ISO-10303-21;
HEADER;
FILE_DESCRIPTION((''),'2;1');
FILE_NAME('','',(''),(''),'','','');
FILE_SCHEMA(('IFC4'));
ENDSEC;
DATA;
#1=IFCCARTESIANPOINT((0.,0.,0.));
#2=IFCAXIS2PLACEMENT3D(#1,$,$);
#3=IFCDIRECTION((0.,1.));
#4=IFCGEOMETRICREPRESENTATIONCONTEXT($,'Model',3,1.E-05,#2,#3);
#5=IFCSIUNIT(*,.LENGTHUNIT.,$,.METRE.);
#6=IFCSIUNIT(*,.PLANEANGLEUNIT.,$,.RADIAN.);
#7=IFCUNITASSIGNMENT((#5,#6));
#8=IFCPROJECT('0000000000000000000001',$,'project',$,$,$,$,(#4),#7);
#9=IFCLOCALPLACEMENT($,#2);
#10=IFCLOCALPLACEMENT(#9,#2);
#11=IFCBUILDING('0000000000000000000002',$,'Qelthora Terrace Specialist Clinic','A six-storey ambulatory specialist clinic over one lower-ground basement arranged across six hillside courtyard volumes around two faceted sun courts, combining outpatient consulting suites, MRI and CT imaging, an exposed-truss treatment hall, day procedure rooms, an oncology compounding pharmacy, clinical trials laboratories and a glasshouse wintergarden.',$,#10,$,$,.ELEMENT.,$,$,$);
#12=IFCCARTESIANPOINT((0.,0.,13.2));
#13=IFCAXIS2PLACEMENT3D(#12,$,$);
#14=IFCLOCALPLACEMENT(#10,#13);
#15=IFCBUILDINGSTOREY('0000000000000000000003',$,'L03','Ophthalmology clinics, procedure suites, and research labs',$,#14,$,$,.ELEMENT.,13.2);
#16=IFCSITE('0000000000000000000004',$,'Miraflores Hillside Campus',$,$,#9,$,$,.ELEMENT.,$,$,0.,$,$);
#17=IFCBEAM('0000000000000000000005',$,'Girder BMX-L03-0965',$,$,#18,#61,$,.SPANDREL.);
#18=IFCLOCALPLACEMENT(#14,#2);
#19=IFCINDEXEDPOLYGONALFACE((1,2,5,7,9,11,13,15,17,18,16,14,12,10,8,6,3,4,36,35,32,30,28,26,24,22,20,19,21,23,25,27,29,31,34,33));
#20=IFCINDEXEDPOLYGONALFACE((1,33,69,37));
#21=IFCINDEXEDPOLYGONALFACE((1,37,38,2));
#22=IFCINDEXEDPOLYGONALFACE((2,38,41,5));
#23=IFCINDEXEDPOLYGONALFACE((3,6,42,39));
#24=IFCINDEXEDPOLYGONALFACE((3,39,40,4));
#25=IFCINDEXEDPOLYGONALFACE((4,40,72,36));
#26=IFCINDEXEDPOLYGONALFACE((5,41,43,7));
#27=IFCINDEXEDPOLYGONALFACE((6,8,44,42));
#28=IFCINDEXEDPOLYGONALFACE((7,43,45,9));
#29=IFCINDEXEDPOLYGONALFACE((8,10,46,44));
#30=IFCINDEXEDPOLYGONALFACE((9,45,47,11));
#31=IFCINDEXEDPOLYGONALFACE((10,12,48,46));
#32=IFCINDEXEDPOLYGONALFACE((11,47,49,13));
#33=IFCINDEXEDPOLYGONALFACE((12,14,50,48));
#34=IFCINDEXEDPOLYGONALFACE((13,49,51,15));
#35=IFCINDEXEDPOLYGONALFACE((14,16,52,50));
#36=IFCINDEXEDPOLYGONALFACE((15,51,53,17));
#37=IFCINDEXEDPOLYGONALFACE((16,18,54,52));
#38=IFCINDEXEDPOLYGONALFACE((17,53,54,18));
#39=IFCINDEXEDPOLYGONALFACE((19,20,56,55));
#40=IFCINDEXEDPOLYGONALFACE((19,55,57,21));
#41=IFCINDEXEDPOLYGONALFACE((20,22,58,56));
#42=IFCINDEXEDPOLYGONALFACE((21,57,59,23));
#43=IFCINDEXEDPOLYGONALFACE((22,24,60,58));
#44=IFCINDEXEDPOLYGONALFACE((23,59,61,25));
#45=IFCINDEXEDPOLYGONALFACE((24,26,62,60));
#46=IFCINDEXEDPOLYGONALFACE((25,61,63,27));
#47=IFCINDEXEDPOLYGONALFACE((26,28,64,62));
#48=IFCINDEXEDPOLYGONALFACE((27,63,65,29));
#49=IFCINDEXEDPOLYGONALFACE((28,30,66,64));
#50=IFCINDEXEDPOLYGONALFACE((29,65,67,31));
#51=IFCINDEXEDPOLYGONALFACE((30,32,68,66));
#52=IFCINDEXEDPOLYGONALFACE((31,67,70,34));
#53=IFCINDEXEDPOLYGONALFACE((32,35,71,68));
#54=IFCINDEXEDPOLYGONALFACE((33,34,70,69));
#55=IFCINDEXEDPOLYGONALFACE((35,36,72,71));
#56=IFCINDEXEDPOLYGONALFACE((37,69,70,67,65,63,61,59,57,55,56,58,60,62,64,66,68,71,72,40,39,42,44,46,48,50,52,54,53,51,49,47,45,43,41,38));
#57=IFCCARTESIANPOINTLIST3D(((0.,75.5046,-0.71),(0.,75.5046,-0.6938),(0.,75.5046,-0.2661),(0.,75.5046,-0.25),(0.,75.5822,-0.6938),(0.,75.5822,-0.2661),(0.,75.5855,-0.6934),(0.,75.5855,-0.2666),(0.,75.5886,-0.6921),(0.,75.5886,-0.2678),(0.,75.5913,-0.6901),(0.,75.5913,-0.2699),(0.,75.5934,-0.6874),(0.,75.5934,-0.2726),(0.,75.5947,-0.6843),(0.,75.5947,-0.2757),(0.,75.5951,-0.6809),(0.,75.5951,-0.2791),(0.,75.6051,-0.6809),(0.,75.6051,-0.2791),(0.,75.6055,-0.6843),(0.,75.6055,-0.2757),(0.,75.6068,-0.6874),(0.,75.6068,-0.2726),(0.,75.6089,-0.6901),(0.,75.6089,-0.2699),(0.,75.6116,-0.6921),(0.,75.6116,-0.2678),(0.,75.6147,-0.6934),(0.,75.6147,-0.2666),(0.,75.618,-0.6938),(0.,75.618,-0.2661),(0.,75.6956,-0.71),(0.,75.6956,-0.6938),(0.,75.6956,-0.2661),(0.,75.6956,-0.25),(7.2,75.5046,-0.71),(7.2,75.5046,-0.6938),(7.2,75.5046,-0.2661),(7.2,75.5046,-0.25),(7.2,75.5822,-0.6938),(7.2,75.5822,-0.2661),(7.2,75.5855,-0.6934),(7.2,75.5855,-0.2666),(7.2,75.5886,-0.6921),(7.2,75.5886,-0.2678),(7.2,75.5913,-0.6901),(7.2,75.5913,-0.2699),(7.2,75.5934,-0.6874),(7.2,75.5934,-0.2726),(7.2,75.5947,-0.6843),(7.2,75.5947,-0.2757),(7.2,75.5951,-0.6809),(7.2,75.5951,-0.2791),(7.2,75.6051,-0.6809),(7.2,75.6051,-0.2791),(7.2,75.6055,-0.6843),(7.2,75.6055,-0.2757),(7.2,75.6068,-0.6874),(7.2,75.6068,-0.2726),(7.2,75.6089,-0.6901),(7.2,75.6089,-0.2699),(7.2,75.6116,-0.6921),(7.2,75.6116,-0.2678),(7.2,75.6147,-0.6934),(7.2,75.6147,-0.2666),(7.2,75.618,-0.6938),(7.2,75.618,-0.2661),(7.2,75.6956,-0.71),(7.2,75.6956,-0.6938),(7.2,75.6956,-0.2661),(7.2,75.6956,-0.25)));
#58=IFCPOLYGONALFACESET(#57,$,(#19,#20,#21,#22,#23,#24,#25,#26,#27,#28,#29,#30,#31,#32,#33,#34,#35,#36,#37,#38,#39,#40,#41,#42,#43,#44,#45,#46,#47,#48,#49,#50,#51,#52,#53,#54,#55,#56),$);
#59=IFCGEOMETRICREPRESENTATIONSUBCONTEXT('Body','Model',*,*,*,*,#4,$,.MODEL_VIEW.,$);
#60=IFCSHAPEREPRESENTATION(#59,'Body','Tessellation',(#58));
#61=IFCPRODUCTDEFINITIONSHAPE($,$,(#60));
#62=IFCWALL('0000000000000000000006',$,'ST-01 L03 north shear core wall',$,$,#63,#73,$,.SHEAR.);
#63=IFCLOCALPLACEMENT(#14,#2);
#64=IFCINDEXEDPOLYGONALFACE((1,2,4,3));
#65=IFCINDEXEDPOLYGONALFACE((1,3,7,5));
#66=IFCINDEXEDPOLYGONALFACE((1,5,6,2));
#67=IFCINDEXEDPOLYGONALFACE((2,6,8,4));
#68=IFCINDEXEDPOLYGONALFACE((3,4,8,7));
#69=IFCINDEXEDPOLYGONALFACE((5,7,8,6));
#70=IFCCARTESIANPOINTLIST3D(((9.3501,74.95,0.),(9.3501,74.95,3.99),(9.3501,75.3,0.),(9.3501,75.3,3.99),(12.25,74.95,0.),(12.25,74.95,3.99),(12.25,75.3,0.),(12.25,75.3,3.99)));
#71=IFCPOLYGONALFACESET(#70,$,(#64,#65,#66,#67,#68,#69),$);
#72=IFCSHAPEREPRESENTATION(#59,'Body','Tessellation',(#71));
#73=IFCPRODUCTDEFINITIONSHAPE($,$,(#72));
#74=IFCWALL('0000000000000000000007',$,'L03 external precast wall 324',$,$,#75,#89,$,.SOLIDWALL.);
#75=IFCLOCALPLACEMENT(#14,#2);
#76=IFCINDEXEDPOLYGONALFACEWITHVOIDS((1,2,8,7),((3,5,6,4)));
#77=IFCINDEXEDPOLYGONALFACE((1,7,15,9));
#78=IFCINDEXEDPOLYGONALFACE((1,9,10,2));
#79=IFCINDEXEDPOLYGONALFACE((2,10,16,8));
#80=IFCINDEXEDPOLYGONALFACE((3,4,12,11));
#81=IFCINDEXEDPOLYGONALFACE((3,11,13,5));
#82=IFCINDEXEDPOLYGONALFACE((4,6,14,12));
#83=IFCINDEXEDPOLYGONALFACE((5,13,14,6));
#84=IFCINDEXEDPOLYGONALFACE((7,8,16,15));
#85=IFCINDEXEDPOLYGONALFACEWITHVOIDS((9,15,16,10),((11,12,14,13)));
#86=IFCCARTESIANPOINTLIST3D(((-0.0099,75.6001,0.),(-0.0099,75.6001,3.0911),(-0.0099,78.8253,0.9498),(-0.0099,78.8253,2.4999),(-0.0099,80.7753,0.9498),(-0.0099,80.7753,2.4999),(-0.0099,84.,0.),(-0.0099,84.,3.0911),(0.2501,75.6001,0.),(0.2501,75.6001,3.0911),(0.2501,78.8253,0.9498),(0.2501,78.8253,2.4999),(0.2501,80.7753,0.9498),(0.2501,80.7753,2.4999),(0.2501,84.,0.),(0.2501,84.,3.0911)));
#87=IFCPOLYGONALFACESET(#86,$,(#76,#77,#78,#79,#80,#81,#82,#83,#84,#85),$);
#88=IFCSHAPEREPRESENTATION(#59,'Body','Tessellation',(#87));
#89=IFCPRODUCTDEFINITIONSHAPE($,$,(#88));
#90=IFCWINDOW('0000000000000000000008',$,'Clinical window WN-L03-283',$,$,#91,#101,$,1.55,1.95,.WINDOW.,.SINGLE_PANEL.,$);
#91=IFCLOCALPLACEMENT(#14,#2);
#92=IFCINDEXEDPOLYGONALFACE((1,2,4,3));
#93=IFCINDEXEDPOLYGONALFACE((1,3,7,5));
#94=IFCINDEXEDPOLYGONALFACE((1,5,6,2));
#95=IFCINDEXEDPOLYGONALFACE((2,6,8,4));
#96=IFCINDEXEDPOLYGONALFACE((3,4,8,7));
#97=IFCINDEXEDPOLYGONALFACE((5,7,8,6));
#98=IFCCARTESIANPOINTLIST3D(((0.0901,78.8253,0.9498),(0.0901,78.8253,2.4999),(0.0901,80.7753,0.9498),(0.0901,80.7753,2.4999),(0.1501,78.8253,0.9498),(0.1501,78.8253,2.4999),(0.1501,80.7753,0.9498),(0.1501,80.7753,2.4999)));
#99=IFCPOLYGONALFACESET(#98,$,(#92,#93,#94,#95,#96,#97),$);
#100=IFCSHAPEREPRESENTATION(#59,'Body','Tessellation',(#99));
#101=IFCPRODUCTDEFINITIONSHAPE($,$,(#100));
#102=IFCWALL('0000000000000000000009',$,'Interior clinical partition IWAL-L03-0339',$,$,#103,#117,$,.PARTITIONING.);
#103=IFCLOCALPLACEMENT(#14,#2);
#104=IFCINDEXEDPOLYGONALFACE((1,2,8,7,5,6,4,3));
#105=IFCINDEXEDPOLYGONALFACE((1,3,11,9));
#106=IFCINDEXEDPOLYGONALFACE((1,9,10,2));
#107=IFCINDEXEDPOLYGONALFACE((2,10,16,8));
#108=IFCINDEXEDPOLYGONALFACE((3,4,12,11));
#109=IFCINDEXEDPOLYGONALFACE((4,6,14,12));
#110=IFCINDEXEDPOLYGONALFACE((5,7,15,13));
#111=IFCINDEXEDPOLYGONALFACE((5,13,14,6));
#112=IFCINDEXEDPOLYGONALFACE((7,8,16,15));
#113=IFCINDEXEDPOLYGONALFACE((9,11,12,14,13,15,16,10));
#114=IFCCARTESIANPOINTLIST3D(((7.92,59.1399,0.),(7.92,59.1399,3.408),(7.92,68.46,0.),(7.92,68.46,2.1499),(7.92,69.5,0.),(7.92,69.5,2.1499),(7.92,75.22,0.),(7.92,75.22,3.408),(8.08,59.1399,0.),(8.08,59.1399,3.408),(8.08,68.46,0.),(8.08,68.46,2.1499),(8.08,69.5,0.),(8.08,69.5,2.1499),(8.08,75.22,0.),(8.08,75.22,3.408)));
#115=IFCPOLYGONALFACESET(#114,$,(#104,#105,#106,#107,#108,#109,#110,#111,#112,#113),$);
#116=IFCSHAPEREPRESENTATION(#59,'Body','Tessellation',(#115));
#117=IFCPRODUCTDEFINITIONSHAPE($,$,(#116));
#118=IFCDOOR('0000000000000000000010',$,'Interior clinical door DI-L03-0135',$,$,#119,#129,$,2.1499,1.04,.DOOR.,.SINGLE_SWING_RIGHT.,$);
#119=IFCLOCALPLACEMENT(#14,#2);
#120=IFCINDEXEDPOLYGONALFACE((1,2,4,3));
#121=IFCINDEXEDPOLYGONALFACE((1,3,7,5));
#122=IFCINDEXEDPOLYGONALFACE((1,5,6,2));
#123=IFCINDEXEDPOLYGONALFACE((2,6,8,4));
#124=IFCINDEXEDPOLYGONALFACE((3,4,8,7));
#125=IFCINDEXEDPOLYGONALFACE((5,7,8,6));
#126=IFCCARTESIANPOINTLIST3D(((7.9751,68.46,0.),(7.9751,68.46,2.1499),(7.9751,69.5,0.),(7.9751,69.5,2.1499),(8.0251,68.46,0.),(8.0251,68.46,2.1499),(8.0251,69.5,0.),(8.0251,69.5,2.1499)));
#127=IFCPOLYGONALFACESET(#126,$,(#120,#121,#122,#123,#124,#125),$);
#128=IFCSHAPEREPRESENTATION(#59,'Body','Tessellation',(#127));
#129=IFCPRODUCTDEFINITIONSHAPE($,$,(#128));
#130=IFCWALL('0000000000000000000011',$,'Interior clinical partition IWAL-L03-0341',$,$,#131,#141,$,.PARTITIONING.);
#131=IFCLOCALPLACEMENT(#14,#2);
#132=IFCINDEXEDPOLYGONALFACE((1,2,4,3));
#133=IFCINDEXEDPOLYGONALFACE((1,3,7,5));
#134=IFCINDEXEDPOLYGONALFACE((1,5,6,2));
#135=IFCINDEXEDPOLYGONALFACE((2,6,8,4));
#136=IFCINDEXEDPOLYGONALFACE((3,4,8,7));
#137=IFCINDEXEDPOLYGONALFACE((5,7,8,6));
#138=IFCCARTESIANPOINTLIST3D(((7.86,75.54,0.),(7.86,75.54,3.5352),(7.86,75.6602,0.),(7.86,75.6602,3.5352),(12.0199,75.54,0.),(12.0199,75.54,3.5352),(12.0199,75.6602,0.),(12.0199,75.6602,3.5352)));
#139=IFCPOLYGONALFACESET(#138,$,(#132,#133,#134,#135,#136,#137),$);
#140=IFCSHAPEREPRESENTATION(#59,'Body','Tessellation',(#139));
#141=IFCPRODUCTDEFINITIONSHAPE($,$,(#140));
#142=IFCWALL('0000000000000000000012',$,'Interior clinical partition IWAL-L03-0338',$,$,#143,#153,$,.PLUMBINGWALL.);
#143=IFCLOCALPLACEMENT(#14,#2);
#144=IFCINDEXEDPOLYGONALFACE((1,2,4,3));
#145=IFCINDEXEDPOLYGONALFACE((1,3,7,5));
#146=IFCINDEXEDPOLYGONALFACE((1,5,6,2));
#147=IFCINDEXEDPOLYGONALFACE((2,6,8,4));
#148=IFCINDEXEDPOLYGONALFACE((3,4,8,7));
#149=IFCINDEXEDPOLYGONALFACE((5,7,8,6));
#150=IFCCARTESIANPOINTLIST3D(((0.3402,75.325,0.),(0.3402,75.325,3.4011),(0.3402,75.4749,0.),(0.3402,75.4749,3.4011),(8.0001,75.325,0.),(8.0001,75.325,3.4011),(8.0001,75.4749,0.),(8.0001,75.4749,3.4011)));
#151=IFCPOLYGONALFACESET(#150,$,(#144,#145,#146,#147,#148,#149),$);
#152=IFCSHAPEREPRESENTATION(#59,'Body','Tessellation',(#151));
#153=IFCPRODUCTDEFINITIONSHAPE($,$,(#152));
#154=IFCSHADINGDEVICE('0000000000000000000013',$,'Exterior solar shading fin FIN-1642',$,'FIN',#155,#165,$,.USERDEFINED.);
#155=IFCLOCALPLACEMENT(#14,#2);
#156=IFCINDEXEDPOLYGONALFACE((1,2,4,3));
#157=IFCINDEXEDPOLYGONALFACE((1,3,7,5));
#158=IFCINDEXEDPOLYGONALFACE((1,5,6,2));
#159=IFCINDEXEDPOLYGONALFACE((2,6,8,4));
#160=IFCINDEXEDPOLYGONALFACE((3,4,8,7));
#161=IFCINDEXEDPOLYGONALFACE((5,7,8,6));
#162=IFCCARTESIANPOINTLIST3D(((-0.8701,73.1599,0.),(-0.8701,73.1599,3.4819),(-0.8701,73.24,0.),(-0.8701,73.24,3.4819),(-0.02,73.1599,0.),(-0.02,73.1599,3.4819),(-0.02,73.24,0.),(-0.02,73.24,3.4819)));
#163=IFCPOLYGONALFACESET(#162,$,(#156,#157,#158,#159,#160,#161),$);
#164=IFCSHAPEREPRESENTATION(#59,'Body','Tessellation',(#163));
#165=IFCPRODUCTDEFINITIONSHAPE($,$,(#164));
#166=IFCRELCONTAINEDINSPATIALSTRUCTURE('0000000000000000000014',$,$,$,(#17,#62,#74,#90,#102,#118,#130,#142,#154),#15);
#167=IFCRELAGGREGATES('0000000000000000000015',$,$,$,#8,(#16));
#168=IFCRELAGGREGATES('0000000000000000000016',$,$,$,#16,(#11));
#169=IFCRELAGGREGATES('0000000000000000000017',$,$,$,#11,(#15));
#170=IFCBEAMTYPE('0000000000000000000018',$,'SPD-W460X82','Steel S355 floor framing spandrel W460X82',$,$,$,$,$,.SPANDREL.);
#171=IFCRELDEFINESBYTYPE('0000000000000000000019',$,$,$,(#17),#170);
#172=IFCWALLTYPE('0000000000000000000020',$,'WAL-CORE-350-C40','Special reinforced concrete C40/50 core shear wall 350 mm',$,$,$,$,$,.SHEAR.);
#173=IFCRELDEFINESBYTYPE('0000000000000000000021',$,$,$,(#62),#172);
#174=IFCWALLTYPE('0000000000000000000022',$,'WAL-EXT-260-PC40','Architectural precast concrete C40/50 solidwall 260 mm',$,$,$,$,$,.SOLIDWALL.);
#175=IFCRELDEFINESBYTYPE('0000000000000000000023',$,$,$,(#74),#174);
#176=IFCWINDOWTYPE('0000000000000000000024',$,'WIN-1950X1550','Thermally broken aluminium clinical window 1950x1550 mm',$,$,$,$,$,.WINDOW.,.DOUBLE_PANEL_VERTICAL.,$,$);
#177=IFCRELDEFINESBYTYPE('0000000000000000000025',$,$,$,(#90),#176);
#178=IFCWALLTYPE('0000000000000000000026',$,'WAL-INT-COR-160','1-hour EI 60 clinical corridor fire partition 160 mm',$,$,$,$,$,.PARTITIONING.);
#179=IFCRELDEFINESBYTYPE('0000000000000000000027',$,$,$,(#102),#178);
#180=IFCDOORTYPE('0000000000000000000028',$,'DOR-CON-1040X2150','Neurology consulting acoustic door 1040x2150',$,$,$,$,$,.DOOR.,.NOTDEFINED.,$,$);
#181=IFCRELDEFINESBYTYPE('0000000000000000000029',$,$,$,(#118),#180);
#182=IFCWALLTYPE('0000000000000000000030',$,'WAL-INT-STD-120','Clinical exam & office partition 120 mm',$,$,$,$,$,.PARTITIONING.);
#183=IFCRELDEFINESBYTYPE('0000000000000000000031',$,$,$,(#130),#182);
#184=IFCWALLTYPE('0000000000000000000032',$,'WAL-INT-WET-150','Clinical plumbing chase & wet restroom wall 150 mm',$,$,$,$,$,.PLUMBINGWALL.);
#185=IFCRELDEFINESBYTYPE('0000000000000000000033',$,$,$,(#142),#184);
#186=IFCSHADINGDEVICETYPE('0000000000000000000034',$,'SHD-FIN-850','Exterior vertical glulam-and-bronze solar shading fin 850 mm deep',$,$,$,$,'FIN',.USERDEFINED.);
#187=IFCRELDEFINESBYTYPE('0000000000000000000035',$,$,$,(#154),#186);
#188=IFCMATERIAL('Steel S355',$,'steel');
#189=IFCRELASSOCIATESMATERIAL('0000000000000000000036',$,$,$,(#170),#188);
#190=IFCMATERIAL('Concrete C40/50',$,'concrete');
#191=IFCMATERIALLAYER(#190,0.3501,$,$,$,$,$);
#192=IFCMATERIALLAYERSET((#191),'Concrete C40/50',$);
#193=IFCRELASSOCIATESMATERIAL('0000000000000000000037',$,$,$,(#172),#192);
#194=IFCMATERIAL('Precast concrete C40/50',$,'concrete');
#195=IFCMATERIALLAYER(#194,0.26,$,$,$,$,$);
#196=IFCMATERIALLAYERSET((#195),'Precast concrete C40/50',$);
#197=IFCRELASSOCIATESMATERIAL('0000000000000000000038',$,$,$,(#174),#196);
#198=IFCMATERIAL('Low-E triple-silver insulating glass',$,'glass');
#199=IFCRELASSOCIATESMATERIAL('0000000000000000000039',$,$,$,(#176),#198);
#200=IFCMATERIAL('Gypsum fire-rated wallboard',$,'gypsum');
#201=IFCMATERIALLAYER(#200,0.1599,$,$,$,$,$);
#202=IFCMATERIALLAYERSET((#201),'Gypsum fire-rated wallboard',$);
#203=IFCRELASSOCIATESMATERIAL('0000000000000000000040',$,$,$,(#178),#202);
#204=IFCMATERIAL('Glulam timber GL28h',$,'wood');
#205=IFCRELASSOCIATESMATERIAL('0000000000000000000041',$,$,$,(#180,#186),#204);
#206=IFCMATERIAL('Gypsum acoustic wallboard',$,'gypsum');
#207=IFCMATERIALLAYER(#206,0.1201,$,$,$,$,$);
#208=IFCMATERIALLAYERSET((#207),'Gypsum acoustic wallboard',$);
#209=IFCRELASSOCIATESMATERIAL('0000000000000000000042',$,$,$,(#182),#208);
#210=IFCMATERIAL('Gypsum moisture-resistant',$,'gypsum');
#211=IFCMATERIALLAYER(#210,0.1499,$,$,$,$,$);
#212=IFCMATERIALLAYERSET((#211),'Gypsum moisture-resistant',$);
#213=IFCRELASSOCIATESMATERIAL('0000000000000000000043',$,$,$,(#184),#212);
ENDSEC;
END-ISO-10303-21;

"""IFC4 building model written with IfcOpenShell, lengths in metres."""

from ifc_helpers import new_model, si_unit, direction, frame, frame_2d, origin, origin_2d, place, context, subcontext, project, spatial, rectangle, i_section, extrude, material, layer, layer_set, material_profile, profile_set, type_object, element, fill, save


model = new_model("IFC4")

# Units and contexts
model_context = context("Model", 3, precision=1e-05, world=origin(), true_north=direction((0.0, 1.0)))
body_context = subcontext(model_context, "Body", "Model", "MODEL_VIEW")
ifc_project = project(units=[si_unit("LENGTHUNIT", "METRE"), si_unit("PLANEANGLEUNIT", "RADIAN")], contexts=[model_context])

# Site, building, storey
site_placement = place(None, origin())
site = spatial("IfcSite", under=ifc_project, at=site_placement, Name="Miraflores Hillside Campus", CompositionType="ELEMENT", RefElevation=0.0)
building_placement = place(site_placement, origin())
building = spatial("IfcBuilding", under=site, at=building_placement, Name="Qelthora Terrace Specialist Clinic", Description="A six-storey ambulatory specialist clinic over one lower-ground basement arranged across six hillside courtyard volumes around two faceted sun courts, combining outpatient consulting suites, MRI and CT imaging, an exposed-truss treatment hall, day procedure rooms, an oncology compounding pharmacy, clinical trials laboratories and a glasshouse wintergarden.", CompositionType="ELEMENT")
storey_placement = place(building_placement, frame((0.0, 0.0, 13.2)))
storey = spatial("IfcBuildingStorey", under=building, at=storey_placement, Name="L03", Description="Ophthalmology clinics, procedure suites, and research labs", CompositionType="ELEMENT", Elevation=13.2)

# Shared definitions
ifc_material_1 = material(Name="Steel S355", Category="steel")

# Beam
ifc_material_profile_1 = material_profile(ifc_material_1, i_section(OverallWidth=0.1909, OverallDepth=0.46, WebThickness=0.01, FlangeThickness=0.0161, FilletRadius=0.0129, at=origin_2d()), Name="W460X82")
ifc_profile_set_1 = profile_set([ifc_material_profile_1], Name="Steel S355")
beam_type_1 = type_object("IfcBeamType", Name="SPD-W460X82", Description="Steel S355 floor framing spandrel W460X82", PredefinedType="SPANDREL", material=ifc_profile_set_1)
beam_1_placement = place(storey_placement, frame((0.0, 75.6001, -0.48), z_axis=(1.0, 0.0, 0.0), x_axis=(0.0, 1.0, 0.0)))
element("IfcBeam", 1, at=beam_1_placement, inside=storey, type_object=beam_type_1, Name="Girder BMX-L03-0965", PredefinedType="SPANDREL", context=body_context, shape_type="SweptSolid", body=[
    extrude(i_section(OverallWidth=0.1909, OverallDepth=0.46, WebThickness=0.01, FlangeThickness=0.0161, FilletRadius=0.0129, at=origin_2d()), origin(), (0.0, 0.0, 1.0), 7.2),
])

# Wall
ifc_material_2 = material(Name="Concrete C40/50", Category="concrete")
ifc_layer_1 = layer(ifc_material_2, 0.3501)
ifc_layer_set_1 = layer_set([ifc_layer_1], Name="Concrete C40/50")
wall_type_1 = type_object("IfcWallType", Name="WAL-CORE-350-C40", Description="Special reinforced concrete C40/50 core shear wall 350 mm", PredefinedType="SHEAR", material=ifc_layer_set_1)
wall_1_placement = place(storey_placement, frame((9.3501, 75.125, 0.0), z_axis=(0.0, 0.0, 1.0), x_axis=(1.0, 0.0, 0.0)))
element("IfcWall", 2, at=wall_1_placement, inside=storey, type_object=wall_type_1, Name="ST-01 L03 north shear core wall", PredefinedType="SHEAR", context=body_context, shape_type="SweptSolid", body=[
    extrude(rectangle(XDim=2.8999, YDim=0.3501, at=frame_2d((1.45, 0.0))), origin(), (0.0, 0.0, 1.0), 3.99),
])

# Wall, opening, window
ifc_material_3 = material(Name="Precast concrete C40/50", Category="concrete")
ifc_layer_2 = layer(ifc_material_3, 0.26)
ifc_layer_set_2 = layer_set([ifc_layer_2], Name="Precast concrete C40/50")
wall_type_2 = type_object("IfcWallType", Name="WAL-EXT-260-PC40", Description="Architectural precast concrete C40/50 solidwall 260 mm", PredefinedType="SOLIDWALL", material=ifc_layer_set_2)
wall_2_placement = place(storey_placement, frame((0.1201, 75.6001, 0.0), z_axis=(0.0, 0.0, 1.0), x_axis=(0.0, 1.0, 0.0)))
wall_2 = element("IfcWall", 3, at=wall_2_placement, inside=storey, type_object=wall_type_2, Name="L03 external precast wall 324", PredefinedType="SOLIDWALL", context=body_context, shape_type="SweptSolid", body=[
    extrude(rectangle(XDim=8.3999, YDim=0.26, at=frame_2d((4.2, 0.0))), origin(), (0.0, 0.0, 1.0), 3.0911),
])
opening_1_placement = place(wall_2_placement, frame((3.2251, 0.0, 0.95)))
opening_1 = element("IfcOpeningElement", 4, at=opening_1_placement, cuts=wall_2, PredefinedType="OPENING", context=body_context, shape_type="SweptSolid", body=[
    extrude(rectangle(XDim=1.95, YDim=1.55, at=frame_2d((0.9751, 0.7749))), frame((0.0, 0.1399, 0.0), z_axis=(0.0, -1.0, 0.0), x_axis=(1.0, 0.0, 0.0)), (0.0, 0.0, 1.0), 0.28),
])
ifc_material_4 = material(Name="Low-E triple-silver insulating glass", Category="glass")
window_type = type_object("IfcWindowType", Name="WIN-1950X1550", Description="Thermally broken aluminium clinical window 1950x1550 mm", PartitioningType="DOUBLE_PANEL_VERTICAL", PredefinedType="WINDOW", material=ifc_material_4)
window_placement = place(opening_1_placement, origin())
window = element("IfcWindow", 5, at=window_placement, inside=storey, type_object=window_type, Name="Clinical window WN-L03-283", OverallHeight=1.55, OverallWidth=1.95, PartitioningType="SINGLE_PANEL", PredefinedType="WINDOW", context=body_context, shape_type="SweptSolid", body=[
    extrude(rectangle(XDim=1.95, YDim=1.55, at=frame_2d((0.9751, 0.7749))), frame((0.0, 0.03, 0.0), z_axis=(0.0, -1.0, 0.0), x_axis=(1.0, 0.0, 0.0)), (0.0, 0.0, 1.0), 0.0601),
])
fill(opening_1, window)

# Wall, opening, door
ifc_material_5 = material(Name="Gypsum fire-rated wallboard", Category="gypsum")
ifc_layer_3 = layer(ifc_material_5, 0.1599)
ifc_layer_set_3 = layer_set([ifc_layer_3], Name="Gypsum fire-rated wallboard")
wall_type_3 = type_object("IfcWallType", Name="WAL-INT-COR-160", Description="1-hour EI 60 clinical corridor fire partition 160 mm", PredefinedType="PARTITIONING", material=ifc_layer_set_3)
wall_3_placement = place(storey_placement, frame((8.0, 75.22, 0.0), z_axis=(0.0, 0.0, 1.0), x_axis=(0.0, -1.0, 0.0)))
wall_3 = element("IfcWall", 6, at=wall_3_placement, inside=storey, type_object=wall_type_3, Name="Interior clinical partition IWAL-L03-0339", PredefinedType="PARTITIONING", context=body_context, shape_type="SweptSolid", body=[
    extrude(rectangle(XDim=16.0801, YDim=0.1599, at=frame_2d((8.04, 0.0))), origin(), (0.0, 0.0, 1.0), 3.408),
])
opening_2_placement = place(wall_3_placement, frame((5.72, 0.0, 0.0)))
opening_2 = element("IfcOpeningElement", 7, at=opening_2_placement, cuts=wall_3, PredefinedType="OPENING", context=body_context, shape_type="SweptSolid", body=[
    extrude(rectangle(XDim=1.04, YDim=2.1499, at=frame_2d((0.52, 1.075))), frame((0.0, 0.0898, 0.0), z_axis=(0.0, -1.0, 0.0), x_axis=(1.0, 0.0, 0.0)), (0.0, 0.0, 1.0), 0.1799),
])
ifc_material_6 = material(Name="Glulam timber GL28h", Category="wood")
door_type = type_object("IfcDoorType", Name="DOR-CON-1040X2150", Description="Neurology consulting acoustic door 1040x2150", OperationType="NOTDEFINED", PredefinedType="DOOR", material=ifc_material_6)
door_placement = place(opening_2_placement, frame((1.04, 0.0, 0.0), z_axis=(0.0, 0.0, 1.0), x_axis=(-1.0, 0.0, 0.0)))
door = element("IfcDoor", 8, at=door_placement, inside=storey, type_object=door_type, Name="Interior clinical door DI-L03-0135", OperationType="SINGLE_SWING_RIGHT", OverallHeight=2.1499, OverallWidth=1.04, PredefinedType="DOOR", context=body_context, shape_type="SweptSolid", body=[
    extrude(rectangle(XDim=1.04, YDim=2.1499, at=frame_2d((0.52, 1.075))), frame((0.0, 0.0249, 0.0), z_axis=(0.0, -1.0, 0.0), x_axis=(1.0, 0.0, 0.0)), (0.0, 0.0, 1.0), 0.05),
])
fill(opening_2, door)

# Walls
ifc_material_7 = material(Name="Gypsum acoustic wallboard", Category="gypsum")
ifc_layer_4 = layer(ifc_material_7, 0.1201)
ifc_layer_set_4 = layer_set([ifc_layer_4], Name="Gypsum acoustic wallboard")
wall_type_4 = type_object("IfcWallType", Name="WAL-INT-STD-120", Description="Clinical exam & office partition 120 mm", PredefinedType="PARTITIONING", material=ifc_layer_set_4)
wall_4_placement = place(storey_placement, frame((12.02, 75.6001, 0.0), z_axis=(0.0, 0.0, 1.0), x_axis=(-1.0, 0.0, 0.0)))
element("IfcWall", 9, at=wall_4_placement, inside=storey, type_object=wall_type_4, Name="Interior clinical partition IWAL-L03-0341", PredefinedType="PARTITIONING", context=body_context, shape_type="SweptSolid", body=[
    extrude(rectangle(XDim=4.1599, YDim=0.1201, at=frame_2d((2.0801, 0.0))), origin(), (0.0, 0.0, 1.0), 3.5352),
])
ifc_material_8 = material(Name="Gypsum moisture-resistant", Category="gypsum")
ifc_layer_5 = layer(ifc_material_8, 0.1499)
ifc_layer_set_5 = layer_set([ifc_layer_5], Name="Gypsum moisture-resistant")
wall_type_5 = type_object("IfcWallType", Name="WAL-INT-WET-150", Description="Clinical plumbing chase & wet restroom wall 150 mm", PredefinedType="PLUMBINGWALL", material=ifc_layer_set_5)
wall_5_placement = place(storey_placement, frame((0.3401, 75.3999, 0.0), z_axis=(0.0, 0.0, 1.0), x_axis=(1.0, 0.0, 0.0)))
element("IfcWall", 10, at=wall_5_placement, inside=storey, type_object=wall_type_5, Name="Interior clinical partition IWAL-L03-0338", PredefinedType="PLUMBINGWALL", context=body_context, shape_type="SweptSolid", body=[
    extrude(rectangle(XDim=7.6599, YDim=0.1499, at=frame_2d((3.8301, 0.0))), origin(), (0.0, 0.0, 1.0), 3.4011),
])

# Shading device
shading_device_type = type_object("IfcShadingDeviceType", Name="SHD-FIN-850", Description="Exterior vertical glulam-and-bronze solar shading fin 850 mm deep", ElementType="FIN", PredefinedType="USERDEFINED", material=ifc_material_6)
shading_device_placement = place(storey_placement, frame((-0.4451, 73.2, 0.0), z_axis=(0.0, 0.0, 1.0), x_axis=(-1.0, 0.0, 0.0)))
element("IfcShadingDevice", 11, at=shading_device_placement, inside=storey, type_object=shading_device_type, Name="Exterior solar shading fin FIN-1642", ObjectType="FIN", PredefinedType="USERDEFINED", context=body_context, shape_type="SweptSolid", body=[
    extrude(rectangle(XDim=0.8501, YDim=0.0801, at=origin_2d()), origin(), (0.0, 0.0, 1.0), 3.4819),
])

save(model, "model.ifc")
